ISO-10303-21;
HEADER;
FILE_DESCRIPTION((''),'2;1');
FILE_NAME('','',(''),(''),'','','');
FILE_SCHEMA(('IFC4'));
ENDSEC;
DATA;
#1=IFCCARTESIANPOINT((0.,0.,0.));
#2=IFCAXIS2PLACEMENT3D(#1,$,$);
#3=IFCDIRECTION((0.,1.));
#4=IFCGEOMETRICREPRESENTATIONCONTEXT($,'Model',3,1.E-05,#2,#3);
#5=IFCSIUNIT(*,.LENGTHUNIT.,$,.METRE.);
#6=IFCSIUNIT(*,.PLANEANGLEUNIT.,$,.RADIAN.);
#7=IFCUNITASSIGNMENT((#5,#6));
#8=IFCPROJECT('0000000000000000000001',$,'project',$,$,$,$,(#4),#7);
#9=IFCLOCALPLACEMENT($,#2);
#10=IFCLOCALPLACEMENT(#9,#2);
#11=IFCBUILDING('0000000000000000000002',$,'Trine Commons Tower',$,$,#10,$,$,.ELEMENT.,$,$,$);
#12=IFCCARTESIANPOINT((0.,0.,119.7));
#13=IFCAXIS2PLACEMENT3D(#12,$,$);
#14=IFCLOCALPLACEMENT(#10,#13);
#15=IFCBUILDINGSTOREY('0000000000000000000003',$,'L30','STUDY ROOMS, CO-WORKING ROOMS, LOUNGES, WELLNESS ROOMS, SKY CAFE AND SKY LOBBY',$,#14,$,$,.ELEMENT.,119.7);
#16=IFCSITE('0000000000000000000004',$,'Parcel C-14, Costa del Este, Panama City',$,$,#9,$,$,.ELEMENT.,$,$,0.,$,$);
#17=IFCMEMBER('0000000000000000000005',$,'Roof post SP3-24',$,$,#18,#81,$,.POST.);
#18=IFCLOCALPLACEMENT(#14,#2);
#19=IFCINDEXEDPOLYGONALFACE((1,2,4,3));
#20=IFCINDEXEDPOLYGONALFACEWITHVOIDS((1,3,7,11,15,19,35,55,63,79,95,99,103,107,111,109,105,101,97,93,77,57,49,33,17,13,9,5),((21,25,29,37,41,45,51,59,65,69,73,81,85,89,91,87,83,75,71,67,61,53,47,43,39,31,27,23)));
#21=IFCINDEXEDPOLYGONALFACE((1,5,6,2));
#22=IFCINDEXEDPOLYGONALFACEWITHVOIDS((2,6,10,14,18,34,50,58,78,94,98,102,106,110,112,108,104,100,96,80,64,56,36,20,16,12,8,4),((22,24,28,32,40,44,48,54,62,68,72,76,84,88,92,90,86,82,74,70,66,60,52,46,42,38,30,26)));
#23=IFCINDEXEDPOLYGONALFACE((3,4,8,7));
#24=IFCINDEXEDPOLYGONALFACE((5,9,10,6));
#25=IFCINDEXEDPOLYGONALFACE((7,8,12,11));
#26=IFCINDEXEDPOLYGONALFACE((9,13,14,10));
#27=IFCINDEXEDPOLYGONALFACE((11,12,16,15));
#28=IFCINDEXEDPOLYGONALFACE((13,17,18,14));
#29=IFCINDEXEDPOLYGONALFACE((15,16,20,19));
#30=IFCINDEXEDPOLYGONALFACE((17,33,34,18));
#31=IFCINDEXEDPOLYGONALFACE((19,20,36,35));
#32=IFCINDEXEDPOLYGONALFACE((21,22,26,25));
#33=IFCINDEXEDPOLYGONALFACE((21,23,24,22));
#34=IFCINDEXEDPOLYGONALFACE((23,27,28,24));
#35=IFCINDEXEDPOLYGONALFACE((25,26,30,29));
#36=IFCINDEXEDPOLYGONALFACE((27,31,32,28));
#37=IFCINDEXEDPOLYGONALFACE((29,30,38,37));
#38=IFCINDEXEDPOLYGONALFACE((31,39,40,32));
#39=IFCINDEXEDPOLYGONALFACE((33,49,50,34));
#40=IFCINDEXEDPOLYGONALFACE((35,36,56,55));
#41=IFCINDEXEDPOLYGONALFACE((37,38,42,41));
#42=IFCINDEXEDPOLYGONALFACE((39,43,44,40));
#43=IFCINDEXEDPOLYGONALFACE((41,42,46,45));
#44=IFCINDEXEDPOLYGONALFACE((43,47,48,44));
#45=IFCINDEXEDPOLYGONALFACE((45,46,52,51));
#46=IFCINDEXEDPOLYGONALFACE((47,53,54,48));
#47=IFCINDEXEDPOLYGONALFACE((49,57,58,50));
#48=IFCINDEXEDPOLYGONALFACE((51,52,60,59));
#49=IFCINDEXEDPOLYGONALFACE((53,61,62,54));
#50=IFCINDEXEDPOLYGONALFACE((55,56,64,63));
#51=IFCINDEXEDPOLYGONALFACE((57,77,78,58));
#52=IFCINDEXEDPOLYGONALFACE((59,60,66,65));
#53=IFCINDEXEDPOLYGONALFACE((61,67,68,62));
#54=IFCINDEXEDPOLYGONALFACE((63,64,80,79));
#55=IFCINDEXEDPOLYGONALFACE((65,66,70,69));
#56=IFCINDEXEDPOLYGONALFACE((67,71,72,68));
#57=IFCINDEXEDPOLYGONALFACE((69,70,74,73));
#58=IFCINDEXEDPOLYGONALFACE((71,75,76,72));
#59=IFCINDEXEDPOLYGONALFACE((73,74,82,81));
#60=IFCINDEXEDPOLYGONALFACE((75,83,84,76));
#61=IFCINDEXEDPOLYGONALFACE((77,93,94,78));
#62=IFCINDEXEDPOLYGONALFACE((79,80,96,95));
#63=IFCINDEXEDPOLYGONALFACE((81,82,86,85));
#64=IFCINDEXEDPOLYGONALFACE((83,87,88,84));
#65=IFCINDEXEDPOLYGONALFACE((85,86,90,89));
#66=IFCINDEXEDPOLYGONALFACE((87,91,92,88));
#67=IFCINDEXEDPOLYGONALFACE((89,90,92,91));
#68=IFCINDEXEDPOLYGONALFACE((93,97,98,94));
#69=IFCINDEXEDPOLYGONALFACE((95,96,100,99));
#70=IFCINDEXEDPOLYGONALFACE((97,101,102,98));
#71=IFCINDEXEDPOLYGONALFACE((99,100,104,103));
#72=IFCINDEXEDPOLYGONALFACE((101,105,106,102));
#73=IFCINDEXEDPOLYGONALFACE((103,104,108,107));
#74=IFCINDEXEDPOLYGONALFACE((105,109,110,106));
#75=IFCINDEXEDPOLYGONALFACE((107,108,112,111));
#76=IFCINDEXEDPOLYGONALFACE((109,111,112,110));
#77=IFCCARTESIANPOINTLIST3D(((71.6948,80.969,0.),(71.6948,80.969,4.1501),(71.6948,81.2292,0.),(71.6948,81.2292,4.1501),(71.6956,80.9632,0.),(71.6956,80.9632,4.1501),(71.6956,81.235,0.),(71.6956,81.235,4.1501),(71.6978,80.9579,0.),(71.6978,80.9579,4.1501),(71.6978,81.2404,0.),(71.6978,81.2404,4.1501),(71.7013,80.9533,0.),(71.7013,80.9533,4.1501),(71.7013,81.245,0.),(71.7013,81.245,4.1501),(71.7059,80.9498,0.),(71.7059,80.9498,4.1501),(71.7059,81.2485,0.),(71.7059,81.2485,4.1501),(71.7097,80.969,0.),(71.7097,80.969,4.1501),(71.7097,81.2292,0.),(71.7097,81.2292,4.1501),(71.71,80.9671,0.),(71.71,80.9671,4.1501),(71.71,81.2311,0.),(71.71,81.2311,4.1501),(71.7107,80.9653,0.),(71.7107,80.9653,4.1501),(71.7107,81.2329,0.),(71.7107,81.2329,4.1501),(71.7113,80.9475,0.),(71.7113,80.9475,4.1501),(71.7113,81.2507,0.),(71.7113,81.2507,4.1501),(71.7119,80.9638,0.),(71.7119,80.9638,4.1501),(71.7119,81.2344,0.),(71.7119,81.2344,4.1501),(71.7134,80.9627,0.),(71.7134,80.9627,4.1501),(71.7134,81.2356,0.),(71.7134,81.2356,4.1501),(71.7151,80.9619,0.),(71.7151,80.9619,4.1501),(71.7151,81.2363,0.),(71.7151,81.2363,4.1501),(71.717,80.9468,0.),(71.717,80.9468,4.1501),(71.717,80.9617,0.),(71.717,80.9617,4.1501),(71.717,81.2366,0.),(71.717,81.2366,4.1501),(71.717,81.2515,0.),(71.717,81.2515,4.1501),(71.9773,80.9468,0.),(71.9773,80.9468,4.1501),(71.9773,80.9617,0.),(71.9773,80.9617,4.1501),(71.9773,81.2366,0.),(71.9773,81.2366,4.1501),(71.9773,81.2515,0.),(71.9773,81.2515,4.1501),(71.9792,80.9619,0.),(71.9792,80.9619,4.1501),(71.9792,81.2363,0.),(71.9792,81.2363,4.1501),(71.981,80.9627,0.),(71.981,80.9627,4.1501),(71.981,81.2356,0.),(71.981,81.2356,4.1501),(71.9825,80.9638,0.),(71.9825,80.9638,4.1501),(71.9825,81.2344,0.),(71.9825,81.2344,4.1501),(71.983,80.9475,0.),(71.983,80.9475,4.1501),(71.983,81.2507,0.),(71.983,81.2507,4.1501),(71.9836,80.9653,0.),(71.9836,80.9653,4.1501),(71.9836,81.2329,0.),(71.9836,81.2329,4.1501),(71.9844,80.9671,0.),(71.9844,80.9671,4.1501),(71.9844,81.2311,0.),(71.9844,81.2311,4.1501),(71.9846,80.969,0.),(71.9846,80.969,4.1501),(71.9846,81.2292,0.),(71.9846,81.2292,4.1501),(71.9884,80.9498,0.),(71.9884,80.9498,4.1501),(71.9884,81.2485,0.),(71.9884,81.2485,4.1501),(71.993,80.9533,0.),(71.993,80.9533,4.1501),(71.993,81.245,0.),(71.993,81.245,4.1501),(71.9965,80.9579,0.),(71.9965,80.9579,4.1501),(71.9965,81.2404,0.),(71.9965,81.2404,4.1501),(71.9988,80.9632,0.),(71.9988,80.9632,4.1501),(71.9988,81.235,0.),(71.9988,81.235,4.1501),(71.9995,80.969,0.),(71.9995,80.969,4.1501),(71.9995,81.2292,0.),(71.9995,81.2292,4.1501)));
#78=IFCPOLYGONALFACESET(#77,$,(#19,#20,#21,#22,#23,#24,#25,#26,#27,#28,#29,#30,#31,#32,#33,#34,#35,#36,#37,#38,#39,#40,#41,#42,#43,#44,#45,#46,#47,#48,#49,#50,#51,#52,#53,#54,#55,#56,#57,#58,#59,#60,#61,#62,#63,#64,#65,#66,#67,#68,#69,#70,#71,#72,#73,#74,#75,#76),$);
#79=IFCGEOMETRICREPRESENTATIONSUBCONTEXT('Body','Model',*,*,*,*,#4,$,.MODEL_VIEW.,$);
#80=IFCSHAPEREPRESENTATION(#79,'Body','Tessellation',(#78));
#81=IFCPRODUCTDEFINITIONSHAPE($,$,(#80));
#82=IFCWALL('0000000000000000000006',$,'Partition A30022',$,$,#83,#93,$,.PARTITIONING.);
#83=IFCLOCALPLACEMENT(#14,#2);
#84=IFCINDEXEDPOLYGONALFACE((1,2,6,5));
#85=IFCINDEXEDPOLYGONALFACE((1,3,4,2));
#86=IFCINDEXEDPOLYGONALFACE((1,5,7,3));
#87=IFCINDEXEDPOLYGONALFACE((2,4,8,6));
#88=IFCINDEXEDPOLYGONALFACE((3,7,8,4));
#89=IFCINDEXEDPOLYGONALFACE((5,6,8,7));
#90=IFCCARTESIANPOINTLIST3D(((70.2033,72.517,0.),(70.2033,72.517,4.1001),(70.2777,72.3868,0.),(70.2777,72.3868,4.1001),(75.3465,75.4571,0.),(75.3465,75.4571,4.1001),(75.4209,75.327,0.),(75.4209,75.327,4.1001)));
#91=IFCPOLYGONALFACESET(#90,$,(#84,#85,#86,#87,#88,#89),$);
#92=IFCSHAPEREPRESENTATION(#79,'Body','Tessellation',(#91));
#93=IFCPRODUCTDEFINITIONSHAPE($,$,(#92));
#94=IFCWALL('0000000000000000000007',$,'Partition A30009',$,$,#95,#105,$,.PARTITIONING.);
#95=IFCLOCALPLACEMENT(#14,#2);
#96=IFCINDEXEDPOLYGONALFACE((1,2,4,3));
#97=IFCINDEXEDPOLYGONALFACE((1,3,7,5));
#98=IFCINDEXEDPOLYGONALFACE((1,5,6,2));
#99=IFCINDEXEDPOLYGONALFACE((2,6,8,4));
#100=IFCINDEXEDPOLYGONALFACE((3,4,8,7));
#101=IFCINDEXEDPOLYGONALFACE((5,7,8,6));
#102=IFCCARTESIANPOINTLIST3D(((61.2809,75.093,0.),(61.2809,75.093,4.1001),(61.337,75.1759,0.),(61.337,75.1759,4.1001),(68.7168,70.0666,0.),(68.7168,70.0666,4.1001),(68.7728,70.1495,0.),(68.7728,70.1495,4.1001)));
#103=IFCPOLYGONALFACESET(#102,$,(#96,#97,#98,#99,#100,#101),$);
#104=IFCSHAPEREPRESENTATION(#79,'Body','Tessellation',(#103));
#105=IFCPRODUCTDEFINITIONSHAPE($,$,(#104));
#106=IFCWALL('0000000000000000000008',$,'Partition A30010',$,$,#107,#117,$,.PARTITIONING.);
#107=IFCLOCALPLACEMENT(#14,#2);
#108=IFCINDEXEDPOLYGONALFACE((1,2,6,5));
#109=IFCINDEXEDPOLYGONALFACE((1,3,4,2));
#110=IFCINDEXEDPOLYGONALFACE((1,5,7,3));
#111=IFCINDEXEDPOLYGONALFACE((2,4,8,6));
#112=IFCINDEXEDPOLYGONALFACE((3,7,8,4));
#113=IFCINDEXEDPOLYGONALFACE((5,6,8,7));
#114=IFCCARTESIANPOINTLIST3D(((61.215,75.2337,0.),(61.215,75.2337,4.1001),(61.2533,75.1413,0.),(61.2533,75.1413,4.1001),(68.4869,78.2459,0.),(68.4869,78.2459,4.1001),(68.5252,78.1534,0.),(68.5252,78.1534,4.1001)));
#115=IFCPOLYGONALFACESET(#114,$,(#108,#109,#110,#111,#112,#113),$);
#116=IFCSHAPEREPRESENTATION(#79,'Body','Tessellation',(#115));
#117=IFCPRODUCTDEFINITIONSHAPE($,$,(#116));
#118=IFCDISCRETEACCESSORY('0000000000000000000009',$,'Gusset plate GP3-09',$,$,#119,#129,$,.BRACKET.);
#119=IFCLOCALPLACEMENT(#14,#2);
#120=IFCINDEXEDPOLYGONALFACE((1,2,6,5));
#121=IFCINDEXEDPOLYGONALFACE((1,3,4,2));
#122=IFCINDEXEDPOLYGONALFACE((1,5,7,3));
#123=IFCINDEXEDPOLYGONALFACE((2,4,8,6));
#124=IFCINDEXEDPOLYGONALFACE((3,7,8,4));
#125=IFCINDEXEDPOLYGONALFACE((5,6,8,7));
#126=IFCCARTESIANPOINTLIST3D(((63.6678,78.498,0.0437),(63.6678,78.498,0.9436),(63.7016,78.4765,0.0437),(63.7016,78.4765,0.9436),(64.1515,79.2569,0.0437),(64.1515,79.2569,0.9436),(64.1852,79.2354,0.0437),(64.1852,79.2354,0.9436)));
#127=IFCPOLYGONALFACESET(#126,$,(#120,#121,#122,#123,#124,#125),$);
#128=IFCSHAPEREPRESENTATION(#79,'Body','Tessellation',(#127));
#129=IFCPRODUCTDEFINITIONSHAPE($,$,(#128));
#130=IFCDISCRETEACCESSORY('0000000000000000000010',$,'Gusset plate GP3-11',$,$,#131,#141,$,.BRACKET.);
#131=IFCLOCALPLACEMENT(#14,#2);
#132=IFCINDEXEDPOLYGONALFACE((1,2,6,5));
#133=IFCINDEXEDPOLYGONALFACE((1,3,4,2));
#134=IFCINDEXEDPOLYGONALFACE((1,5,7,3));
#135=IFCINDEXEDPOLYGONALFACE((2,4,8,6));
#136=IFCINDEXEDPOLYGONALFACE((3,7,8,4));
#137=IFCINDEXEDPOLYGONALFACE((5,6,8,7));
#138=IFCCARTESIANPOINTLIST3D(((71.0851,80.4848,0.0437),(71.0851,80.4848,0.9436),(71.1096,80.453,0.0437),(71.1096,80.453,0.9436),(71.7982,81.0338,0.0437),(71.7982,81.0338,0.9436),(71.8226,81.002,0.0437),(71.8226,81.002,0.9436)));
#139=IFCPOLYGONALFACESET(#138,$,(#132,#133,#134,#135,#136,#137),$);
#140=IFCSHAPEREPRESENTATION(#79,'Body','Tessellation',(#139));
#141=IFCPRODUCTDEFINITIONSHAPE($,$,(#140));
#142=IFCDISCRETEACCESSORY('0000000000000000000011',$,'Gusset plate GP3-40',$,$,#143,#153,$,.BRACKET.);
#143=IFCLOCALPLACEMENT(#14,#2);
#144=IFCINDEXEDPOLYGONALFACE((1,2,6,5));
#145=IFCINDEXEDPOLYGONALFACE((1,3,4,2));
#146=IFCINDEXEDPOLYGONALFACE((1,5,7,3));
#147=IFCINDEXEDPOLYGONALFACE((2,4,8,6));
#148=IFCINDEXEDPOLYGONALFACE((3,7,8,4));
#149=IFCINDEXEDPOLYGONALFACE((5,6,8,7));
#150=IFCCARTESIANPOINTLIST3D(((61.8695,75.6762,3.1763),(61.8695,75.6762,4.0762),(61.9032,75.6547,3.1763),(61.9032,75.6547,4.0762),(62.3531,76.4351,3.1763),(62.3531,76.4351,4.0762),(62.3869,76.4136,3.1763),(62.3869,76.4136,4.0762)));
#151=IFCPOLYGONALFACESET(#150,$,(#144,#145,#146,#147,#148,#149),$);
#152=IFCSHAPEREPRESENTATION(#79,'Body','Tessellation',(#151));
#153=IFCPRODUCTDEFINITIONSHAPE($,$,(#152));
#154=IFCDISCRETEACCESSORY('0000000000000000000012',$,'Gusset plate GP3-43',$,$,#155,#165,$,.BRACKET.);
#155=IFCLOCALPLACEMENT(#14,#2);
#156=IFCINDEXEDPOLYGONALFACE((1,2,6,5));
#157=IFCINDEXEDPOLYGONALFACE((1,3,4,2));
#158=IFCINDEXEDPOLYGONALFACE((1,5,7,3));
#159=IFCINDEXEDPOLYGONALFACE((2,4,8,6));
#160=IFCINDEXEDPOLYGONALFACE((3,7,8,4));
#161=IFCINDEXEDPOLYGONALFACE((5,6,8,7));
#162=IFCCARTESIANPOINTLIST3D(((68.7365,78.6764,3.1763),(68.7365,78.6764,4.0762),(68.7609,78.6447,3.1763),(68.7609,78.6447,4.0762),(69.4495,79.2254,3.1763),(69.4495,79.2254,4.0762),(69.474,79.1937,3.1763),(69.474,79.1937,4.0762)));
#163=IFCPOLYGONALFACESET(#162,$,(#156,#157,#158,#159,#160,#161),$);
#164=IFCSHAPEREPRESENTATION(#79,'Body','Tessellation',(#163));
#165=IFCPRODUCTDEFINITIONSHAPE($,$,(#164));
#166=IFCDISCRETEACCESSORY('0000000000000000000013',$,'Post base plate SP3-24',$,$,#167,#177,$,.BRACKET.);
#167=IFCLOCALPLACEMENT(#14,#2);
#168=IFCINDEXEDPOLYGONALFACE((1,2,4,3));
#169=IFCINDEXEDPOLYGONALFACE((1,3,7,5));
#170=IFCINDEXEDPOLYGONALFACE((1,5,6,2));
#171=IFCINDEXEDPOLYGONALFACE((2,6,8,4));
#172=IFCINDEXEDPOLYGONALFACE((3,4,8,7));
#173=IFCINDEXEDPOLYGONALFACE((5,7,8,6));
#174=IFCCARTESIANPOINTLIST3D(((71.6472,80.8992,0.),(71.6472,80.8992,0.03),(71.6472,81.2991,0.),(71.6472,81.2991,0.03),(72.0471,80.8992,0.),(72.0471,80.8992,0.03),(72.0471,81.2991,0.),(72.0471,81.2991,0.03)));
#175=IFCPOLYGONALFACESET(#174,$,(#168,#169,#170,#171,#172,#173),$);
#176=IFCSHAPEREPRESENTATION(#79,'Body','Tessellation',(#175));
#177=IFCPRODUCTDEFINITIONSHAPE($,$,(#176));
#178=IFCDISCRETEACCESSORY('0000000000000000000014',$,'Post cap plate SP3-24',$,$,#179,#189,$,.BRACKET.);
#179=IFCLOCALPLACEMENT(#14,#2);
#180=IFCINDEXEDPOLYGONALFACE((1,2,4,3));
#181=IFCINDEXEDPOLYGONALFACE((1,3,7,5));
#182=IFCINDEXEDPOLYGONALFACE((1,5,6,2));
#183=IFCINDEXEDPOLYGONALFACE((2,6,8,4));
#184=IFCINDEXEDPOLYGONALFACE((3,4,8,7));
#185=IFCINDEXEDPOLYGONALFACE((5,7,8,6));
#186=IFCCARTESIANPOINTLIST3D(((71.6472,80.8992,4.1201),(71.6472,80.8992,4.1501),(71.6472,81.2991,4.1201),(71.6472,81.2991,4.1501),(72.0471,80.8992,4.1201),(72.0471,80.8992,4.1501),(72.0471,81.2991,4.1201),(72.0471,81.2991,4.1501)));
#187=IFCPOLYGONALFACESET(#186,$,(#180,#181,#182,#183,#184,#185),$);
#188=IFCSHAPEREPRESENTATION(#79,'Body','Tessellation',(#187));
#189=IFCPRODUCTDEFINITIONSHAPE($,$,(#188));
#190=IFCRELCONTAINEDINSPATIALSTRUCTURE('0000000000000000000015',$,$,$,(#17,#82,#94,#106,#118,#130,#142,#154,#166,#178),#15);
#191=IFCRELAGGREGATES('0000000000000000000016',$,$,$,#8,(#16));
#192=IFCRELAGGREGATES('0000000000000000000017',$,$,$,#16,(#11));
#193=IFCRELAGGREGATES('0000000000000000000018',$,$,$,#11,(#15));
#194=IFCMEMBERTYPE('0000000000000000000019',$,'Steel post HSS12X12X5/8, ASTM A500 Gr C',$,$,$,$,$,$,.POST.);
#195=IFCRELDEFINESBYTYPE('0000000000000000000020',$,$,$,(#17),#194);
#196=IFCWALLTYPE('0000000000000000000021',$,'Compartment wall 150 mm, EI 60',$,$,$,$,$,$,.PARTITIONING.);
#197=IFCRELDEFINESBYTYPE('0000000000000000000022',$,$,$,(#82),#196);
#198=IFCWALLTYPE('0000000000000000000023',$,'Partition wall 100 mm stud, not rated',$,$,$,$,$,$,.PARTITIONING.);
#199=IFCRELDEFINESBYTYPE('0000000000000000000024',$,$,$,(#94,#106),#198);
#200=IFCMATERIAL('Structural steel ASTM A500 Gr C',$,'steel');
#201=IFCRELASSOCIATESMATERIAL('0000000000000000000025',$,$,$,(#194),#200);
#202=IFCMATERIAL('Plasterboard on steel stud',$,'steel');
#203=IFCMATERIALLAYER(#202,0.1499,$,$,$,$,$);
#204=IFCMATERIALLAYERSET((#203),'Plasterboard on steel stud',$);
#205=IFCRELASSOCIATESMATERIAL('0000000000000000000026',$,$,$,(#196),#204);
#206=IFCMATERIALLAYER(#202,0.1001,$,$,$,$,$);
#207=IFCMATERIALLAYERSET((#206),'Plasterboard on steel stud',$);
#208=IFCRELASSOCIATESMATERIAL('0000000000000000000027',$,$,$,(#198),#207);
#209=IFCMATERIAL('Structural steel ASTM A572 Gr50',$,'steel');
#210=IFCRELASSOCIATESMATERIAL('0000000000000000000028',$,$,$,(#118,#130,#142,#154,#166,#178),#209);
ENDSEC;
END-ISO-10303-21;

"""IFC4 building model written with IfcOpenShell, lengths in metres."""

from ifc_helpers import new_model, si_unit, direction, frame, frame_2d, origin, origin_2d, place, context, subcontext, project, spatial, rectangle, hollow_rectangle, extrude, material, layer, layer_set, material_profile, profile_set, type_object, element, save


model = new_model("IFC4")

# Units and contexts
model_context = context("Model", 3, precision=1e-05, world=origin(), true_north=direction((0.0, 1.0)))
body_context = subcontext(model_context, "Body", "Model", "MODEL_VIEW")
ifc_project = project(units=[si_unit("LENGTHUNIT", "METRE"), si_unit("PLANEANGLEUNIT", "RADIAN")], contexts=[model_context])

# Site, building, storey
site_placement = place(None, origin())
site = spatial("IfcSite", under=ifc_project, at=site_placement, Name="Parcel C-14, Costa del Este, Panama City", CompositionType="ELEMENT", RefElevation=0.0)
building_placement = place(site_placement, origin())
building = spatial("IfcBuilding", under=site, at=building_placement, Name="Trine Commons Tower", CompositionType="ELEMENT")
storey_placement = place(building_placement, frame((0.0, 0.0, 119.7)))
storey = spatial("IfcBuildingStorey", under=building, at=storey_placement, Name="L30", Description="STUDY ROOMS, CO-WORKING ROOMS, LOUNGES, WELLNESS ROOMS, SKY CAFE AND SKY LOBBY", CompositionType="ELEMENT", Elevation=119.7)

# Member
ifc_material_1 = material(Name="Structural steel ASTM A500 Gr C", Category="steel")
ifc_material_profile_1 = material_profile(ifc_material_1, hollow_rectangle(XDim=0.3047, YDim=0.3047, WallThickness=0.0149, InnerFilletRadius=0.0073, OuterFilletRadius=0.0222, at=origin_2d()), Name="HSS12X12X5/8")
ifc_profile_set_1 = profile_set([ifc_material_profile_1], Name="Structural steel ASTM A500 Gr C")
member_type_1 = type_object("IfcMemberType", Name="Steel post HSS12X12X5/8, ASTM A500 Gr C", PredefinedType="POST", material=ifc_profile_set_1)
member_1_placement = place(storey_placement, frame((71.8472, 81.0991, 0.0), z_axis=(0.0, 0.0, 1.0), x_axis=(1.0, 0.0, 0.0)))
element("IfcMember", 1, at=member_1_placement, inside=storey, type_object=member_type_1, Name="Roof post SP3-24", PredefinedType="POST", context=body_context, shape_type="SweptSolid", body=[
    extrude(hollow_rectangle(XDim=0.3047, YDim=0.3047, WallThickness=0.0149, InnerFilletRadius=0.0073, OuterFilletRadius=0.0222, at=origin_2d()), origin(), (0.0, 0.0, 1.0), 4.1501),
])

# Walls
ifc_material_2 = material(Name="Plasterboard on steel stud", Category="steel")
ifc_layer_1 = layer(ifc_material_2, 0.1499)
ifc_layer_set_1 = layer_set([ifc_layer_1], Name="Plasterboard on steel stud")
wall_type_1 = type_object("IfcWallType", Name="Compartment wall 150 mm, EI 60", PredefinedType="PARTITIONING", material=ifc_layer_set_1)
wall_1_placement = place(storey_placement, frame((70.2405, 72.4519, 0.0), z_axis=(0.0, 0.0, 1.0), x_axis=(0.868159, 0.496285, 0.0)))
element("IfcWall", 2, at=wall_1_placement, inside=storey, type_object=wall_type_1, Name="Partition A30022", PredefinedType="PARTITIONING", context=body_context, shape_type="SweptSolid", body=[
    extrude(rectangle(XDim=5.9243, YDim=0.1499, at=frame_2d((2.9622, 0.0))), origin(), (0.0, 0.0, 1.0), 4.1001),
])
ifc_layer_2 = layer(ifc_material_2, 0.1001)
ifc_layer_set_2 = layer_set([ifc_layer_2], Name="Plasterboard on steel stud")
wall_type_2 = type_object("IfcWallType", Name="Partition wall 100 mm stud, not rated", PredefinedType="PARTITIONING", material=ifc_layer_set_2)
wall_2_placement = place(storey_placement, frame((61.3088, 75.1345, 0.0), z_axis=(0.0, 0.0, 1.0), x_axis=(0.828476, -0.560024, 0.0)))
element("IfcWall", 3, at=wall_2_placement, inside=storey, type_object=wall_type_2, Name="Partition A30009", PredefinedType="PARTITIONING", context=body_context, shape_type="SweptSolid", body=[
    extrude(rectangle(XDim=8.9753, YDim=0.1001, at=frame_2d((4.4878, 0.0))), origin(), (0.0, 0.0, 1.0), 4.1001),
])
wall_3_placement = place(storey_placement, frame((61.2341, 75.1875, 0.0), z_axis=(0.0, 0.0, 1.0), x_axis=(0.923877, 0.38269, 0.0)))
element("IfcWall", 4, at=wall_3_placement, inside=storey, type_object=wall_type_2, Name="Partition A30010", PredefinedType="PARTITIONING", context=body_context, shape_type="SweptSolid", body=[
    extrude(rectangle(XDim=7.8711, YDim=0.1001, at=frame_2d((3.9355, 0.0))), origin(), (0.0, 0.0, 1.0), 4.1001),
])

# Discrete accessories
ifc_material_3 = material(Name="Structural steel ASTM A572 Gr50", Category="steel")
for number, where, z_axis, x_axis, name in (
    (5, (63.9265, 78.8667, 0.0437), (0.0, 0.0, 1.0), (-0.537476, -0.843279, 0.0), "Gusset plate GP3-09"),
    (6, (71.4539, 80.7434, 0.0437), (0.0, 0.0, 1.0), (-0.792354, -0.610062, 0.0), "Gusset plate GP3-11"),
    (7, (62.1282, 76.0449, 3.1763), (0.0, 0.0, 1.0), (-0.537476, -0.843279, 0.0), "Gusset plate GP3-40"),
    (8, (69.1052, 78.9351, 3.1763), (0.0, 0.0, 1.0), (-0.792354, -0.610062, 0.0), "Gusset plate GP3-43"),
):
    element("IfcDiscreteAccessory", number, at=place(storey_placement, frame(where, z_axis=z_axis, x_axis=x_axis)), inside=storey, material=ifc_material_3, Name=name, PredefinedType="BRACKET", context=body_context, shape_type="SweptSolid", body=[
        extrude(rectangle(XDim=0.8999, YDim=0.04, at=origin_2d()), origin(), (0.0, 0.0, 1.0), 0.8999),
    ])
for number, where, z_axis, x_axis, name in (
    (9, (71.8472, 81.0991, 0.0), (0.0, 0.0, 1.0), (1.0, 0.0, 0.0), "Post base plate SP3-24"),
    (10, (71.8472, 81.0991, 4.1201), (0.0, 0.0, 1.0), (1.0, 0.0, 0.0), "Post cap plate SP3-24"),
):
    element("IfcDiscreteAccessory", number, at=place(storey_placement, frame(where, z_axis=z_axis, x_axis=x_axis)), inside=storey, material=ifc_material_3, Name=name, PredefinedType="BRACKET", context=body_context, shape_type="SweptSolid", body=[
        extrude(rectangle(XDim=0.3999, YDim=0.3999, at=origin_2d()), origin(), (0.0, 0.0, 1.0), 0.03),
    ])

save(model, "model.ifc")
